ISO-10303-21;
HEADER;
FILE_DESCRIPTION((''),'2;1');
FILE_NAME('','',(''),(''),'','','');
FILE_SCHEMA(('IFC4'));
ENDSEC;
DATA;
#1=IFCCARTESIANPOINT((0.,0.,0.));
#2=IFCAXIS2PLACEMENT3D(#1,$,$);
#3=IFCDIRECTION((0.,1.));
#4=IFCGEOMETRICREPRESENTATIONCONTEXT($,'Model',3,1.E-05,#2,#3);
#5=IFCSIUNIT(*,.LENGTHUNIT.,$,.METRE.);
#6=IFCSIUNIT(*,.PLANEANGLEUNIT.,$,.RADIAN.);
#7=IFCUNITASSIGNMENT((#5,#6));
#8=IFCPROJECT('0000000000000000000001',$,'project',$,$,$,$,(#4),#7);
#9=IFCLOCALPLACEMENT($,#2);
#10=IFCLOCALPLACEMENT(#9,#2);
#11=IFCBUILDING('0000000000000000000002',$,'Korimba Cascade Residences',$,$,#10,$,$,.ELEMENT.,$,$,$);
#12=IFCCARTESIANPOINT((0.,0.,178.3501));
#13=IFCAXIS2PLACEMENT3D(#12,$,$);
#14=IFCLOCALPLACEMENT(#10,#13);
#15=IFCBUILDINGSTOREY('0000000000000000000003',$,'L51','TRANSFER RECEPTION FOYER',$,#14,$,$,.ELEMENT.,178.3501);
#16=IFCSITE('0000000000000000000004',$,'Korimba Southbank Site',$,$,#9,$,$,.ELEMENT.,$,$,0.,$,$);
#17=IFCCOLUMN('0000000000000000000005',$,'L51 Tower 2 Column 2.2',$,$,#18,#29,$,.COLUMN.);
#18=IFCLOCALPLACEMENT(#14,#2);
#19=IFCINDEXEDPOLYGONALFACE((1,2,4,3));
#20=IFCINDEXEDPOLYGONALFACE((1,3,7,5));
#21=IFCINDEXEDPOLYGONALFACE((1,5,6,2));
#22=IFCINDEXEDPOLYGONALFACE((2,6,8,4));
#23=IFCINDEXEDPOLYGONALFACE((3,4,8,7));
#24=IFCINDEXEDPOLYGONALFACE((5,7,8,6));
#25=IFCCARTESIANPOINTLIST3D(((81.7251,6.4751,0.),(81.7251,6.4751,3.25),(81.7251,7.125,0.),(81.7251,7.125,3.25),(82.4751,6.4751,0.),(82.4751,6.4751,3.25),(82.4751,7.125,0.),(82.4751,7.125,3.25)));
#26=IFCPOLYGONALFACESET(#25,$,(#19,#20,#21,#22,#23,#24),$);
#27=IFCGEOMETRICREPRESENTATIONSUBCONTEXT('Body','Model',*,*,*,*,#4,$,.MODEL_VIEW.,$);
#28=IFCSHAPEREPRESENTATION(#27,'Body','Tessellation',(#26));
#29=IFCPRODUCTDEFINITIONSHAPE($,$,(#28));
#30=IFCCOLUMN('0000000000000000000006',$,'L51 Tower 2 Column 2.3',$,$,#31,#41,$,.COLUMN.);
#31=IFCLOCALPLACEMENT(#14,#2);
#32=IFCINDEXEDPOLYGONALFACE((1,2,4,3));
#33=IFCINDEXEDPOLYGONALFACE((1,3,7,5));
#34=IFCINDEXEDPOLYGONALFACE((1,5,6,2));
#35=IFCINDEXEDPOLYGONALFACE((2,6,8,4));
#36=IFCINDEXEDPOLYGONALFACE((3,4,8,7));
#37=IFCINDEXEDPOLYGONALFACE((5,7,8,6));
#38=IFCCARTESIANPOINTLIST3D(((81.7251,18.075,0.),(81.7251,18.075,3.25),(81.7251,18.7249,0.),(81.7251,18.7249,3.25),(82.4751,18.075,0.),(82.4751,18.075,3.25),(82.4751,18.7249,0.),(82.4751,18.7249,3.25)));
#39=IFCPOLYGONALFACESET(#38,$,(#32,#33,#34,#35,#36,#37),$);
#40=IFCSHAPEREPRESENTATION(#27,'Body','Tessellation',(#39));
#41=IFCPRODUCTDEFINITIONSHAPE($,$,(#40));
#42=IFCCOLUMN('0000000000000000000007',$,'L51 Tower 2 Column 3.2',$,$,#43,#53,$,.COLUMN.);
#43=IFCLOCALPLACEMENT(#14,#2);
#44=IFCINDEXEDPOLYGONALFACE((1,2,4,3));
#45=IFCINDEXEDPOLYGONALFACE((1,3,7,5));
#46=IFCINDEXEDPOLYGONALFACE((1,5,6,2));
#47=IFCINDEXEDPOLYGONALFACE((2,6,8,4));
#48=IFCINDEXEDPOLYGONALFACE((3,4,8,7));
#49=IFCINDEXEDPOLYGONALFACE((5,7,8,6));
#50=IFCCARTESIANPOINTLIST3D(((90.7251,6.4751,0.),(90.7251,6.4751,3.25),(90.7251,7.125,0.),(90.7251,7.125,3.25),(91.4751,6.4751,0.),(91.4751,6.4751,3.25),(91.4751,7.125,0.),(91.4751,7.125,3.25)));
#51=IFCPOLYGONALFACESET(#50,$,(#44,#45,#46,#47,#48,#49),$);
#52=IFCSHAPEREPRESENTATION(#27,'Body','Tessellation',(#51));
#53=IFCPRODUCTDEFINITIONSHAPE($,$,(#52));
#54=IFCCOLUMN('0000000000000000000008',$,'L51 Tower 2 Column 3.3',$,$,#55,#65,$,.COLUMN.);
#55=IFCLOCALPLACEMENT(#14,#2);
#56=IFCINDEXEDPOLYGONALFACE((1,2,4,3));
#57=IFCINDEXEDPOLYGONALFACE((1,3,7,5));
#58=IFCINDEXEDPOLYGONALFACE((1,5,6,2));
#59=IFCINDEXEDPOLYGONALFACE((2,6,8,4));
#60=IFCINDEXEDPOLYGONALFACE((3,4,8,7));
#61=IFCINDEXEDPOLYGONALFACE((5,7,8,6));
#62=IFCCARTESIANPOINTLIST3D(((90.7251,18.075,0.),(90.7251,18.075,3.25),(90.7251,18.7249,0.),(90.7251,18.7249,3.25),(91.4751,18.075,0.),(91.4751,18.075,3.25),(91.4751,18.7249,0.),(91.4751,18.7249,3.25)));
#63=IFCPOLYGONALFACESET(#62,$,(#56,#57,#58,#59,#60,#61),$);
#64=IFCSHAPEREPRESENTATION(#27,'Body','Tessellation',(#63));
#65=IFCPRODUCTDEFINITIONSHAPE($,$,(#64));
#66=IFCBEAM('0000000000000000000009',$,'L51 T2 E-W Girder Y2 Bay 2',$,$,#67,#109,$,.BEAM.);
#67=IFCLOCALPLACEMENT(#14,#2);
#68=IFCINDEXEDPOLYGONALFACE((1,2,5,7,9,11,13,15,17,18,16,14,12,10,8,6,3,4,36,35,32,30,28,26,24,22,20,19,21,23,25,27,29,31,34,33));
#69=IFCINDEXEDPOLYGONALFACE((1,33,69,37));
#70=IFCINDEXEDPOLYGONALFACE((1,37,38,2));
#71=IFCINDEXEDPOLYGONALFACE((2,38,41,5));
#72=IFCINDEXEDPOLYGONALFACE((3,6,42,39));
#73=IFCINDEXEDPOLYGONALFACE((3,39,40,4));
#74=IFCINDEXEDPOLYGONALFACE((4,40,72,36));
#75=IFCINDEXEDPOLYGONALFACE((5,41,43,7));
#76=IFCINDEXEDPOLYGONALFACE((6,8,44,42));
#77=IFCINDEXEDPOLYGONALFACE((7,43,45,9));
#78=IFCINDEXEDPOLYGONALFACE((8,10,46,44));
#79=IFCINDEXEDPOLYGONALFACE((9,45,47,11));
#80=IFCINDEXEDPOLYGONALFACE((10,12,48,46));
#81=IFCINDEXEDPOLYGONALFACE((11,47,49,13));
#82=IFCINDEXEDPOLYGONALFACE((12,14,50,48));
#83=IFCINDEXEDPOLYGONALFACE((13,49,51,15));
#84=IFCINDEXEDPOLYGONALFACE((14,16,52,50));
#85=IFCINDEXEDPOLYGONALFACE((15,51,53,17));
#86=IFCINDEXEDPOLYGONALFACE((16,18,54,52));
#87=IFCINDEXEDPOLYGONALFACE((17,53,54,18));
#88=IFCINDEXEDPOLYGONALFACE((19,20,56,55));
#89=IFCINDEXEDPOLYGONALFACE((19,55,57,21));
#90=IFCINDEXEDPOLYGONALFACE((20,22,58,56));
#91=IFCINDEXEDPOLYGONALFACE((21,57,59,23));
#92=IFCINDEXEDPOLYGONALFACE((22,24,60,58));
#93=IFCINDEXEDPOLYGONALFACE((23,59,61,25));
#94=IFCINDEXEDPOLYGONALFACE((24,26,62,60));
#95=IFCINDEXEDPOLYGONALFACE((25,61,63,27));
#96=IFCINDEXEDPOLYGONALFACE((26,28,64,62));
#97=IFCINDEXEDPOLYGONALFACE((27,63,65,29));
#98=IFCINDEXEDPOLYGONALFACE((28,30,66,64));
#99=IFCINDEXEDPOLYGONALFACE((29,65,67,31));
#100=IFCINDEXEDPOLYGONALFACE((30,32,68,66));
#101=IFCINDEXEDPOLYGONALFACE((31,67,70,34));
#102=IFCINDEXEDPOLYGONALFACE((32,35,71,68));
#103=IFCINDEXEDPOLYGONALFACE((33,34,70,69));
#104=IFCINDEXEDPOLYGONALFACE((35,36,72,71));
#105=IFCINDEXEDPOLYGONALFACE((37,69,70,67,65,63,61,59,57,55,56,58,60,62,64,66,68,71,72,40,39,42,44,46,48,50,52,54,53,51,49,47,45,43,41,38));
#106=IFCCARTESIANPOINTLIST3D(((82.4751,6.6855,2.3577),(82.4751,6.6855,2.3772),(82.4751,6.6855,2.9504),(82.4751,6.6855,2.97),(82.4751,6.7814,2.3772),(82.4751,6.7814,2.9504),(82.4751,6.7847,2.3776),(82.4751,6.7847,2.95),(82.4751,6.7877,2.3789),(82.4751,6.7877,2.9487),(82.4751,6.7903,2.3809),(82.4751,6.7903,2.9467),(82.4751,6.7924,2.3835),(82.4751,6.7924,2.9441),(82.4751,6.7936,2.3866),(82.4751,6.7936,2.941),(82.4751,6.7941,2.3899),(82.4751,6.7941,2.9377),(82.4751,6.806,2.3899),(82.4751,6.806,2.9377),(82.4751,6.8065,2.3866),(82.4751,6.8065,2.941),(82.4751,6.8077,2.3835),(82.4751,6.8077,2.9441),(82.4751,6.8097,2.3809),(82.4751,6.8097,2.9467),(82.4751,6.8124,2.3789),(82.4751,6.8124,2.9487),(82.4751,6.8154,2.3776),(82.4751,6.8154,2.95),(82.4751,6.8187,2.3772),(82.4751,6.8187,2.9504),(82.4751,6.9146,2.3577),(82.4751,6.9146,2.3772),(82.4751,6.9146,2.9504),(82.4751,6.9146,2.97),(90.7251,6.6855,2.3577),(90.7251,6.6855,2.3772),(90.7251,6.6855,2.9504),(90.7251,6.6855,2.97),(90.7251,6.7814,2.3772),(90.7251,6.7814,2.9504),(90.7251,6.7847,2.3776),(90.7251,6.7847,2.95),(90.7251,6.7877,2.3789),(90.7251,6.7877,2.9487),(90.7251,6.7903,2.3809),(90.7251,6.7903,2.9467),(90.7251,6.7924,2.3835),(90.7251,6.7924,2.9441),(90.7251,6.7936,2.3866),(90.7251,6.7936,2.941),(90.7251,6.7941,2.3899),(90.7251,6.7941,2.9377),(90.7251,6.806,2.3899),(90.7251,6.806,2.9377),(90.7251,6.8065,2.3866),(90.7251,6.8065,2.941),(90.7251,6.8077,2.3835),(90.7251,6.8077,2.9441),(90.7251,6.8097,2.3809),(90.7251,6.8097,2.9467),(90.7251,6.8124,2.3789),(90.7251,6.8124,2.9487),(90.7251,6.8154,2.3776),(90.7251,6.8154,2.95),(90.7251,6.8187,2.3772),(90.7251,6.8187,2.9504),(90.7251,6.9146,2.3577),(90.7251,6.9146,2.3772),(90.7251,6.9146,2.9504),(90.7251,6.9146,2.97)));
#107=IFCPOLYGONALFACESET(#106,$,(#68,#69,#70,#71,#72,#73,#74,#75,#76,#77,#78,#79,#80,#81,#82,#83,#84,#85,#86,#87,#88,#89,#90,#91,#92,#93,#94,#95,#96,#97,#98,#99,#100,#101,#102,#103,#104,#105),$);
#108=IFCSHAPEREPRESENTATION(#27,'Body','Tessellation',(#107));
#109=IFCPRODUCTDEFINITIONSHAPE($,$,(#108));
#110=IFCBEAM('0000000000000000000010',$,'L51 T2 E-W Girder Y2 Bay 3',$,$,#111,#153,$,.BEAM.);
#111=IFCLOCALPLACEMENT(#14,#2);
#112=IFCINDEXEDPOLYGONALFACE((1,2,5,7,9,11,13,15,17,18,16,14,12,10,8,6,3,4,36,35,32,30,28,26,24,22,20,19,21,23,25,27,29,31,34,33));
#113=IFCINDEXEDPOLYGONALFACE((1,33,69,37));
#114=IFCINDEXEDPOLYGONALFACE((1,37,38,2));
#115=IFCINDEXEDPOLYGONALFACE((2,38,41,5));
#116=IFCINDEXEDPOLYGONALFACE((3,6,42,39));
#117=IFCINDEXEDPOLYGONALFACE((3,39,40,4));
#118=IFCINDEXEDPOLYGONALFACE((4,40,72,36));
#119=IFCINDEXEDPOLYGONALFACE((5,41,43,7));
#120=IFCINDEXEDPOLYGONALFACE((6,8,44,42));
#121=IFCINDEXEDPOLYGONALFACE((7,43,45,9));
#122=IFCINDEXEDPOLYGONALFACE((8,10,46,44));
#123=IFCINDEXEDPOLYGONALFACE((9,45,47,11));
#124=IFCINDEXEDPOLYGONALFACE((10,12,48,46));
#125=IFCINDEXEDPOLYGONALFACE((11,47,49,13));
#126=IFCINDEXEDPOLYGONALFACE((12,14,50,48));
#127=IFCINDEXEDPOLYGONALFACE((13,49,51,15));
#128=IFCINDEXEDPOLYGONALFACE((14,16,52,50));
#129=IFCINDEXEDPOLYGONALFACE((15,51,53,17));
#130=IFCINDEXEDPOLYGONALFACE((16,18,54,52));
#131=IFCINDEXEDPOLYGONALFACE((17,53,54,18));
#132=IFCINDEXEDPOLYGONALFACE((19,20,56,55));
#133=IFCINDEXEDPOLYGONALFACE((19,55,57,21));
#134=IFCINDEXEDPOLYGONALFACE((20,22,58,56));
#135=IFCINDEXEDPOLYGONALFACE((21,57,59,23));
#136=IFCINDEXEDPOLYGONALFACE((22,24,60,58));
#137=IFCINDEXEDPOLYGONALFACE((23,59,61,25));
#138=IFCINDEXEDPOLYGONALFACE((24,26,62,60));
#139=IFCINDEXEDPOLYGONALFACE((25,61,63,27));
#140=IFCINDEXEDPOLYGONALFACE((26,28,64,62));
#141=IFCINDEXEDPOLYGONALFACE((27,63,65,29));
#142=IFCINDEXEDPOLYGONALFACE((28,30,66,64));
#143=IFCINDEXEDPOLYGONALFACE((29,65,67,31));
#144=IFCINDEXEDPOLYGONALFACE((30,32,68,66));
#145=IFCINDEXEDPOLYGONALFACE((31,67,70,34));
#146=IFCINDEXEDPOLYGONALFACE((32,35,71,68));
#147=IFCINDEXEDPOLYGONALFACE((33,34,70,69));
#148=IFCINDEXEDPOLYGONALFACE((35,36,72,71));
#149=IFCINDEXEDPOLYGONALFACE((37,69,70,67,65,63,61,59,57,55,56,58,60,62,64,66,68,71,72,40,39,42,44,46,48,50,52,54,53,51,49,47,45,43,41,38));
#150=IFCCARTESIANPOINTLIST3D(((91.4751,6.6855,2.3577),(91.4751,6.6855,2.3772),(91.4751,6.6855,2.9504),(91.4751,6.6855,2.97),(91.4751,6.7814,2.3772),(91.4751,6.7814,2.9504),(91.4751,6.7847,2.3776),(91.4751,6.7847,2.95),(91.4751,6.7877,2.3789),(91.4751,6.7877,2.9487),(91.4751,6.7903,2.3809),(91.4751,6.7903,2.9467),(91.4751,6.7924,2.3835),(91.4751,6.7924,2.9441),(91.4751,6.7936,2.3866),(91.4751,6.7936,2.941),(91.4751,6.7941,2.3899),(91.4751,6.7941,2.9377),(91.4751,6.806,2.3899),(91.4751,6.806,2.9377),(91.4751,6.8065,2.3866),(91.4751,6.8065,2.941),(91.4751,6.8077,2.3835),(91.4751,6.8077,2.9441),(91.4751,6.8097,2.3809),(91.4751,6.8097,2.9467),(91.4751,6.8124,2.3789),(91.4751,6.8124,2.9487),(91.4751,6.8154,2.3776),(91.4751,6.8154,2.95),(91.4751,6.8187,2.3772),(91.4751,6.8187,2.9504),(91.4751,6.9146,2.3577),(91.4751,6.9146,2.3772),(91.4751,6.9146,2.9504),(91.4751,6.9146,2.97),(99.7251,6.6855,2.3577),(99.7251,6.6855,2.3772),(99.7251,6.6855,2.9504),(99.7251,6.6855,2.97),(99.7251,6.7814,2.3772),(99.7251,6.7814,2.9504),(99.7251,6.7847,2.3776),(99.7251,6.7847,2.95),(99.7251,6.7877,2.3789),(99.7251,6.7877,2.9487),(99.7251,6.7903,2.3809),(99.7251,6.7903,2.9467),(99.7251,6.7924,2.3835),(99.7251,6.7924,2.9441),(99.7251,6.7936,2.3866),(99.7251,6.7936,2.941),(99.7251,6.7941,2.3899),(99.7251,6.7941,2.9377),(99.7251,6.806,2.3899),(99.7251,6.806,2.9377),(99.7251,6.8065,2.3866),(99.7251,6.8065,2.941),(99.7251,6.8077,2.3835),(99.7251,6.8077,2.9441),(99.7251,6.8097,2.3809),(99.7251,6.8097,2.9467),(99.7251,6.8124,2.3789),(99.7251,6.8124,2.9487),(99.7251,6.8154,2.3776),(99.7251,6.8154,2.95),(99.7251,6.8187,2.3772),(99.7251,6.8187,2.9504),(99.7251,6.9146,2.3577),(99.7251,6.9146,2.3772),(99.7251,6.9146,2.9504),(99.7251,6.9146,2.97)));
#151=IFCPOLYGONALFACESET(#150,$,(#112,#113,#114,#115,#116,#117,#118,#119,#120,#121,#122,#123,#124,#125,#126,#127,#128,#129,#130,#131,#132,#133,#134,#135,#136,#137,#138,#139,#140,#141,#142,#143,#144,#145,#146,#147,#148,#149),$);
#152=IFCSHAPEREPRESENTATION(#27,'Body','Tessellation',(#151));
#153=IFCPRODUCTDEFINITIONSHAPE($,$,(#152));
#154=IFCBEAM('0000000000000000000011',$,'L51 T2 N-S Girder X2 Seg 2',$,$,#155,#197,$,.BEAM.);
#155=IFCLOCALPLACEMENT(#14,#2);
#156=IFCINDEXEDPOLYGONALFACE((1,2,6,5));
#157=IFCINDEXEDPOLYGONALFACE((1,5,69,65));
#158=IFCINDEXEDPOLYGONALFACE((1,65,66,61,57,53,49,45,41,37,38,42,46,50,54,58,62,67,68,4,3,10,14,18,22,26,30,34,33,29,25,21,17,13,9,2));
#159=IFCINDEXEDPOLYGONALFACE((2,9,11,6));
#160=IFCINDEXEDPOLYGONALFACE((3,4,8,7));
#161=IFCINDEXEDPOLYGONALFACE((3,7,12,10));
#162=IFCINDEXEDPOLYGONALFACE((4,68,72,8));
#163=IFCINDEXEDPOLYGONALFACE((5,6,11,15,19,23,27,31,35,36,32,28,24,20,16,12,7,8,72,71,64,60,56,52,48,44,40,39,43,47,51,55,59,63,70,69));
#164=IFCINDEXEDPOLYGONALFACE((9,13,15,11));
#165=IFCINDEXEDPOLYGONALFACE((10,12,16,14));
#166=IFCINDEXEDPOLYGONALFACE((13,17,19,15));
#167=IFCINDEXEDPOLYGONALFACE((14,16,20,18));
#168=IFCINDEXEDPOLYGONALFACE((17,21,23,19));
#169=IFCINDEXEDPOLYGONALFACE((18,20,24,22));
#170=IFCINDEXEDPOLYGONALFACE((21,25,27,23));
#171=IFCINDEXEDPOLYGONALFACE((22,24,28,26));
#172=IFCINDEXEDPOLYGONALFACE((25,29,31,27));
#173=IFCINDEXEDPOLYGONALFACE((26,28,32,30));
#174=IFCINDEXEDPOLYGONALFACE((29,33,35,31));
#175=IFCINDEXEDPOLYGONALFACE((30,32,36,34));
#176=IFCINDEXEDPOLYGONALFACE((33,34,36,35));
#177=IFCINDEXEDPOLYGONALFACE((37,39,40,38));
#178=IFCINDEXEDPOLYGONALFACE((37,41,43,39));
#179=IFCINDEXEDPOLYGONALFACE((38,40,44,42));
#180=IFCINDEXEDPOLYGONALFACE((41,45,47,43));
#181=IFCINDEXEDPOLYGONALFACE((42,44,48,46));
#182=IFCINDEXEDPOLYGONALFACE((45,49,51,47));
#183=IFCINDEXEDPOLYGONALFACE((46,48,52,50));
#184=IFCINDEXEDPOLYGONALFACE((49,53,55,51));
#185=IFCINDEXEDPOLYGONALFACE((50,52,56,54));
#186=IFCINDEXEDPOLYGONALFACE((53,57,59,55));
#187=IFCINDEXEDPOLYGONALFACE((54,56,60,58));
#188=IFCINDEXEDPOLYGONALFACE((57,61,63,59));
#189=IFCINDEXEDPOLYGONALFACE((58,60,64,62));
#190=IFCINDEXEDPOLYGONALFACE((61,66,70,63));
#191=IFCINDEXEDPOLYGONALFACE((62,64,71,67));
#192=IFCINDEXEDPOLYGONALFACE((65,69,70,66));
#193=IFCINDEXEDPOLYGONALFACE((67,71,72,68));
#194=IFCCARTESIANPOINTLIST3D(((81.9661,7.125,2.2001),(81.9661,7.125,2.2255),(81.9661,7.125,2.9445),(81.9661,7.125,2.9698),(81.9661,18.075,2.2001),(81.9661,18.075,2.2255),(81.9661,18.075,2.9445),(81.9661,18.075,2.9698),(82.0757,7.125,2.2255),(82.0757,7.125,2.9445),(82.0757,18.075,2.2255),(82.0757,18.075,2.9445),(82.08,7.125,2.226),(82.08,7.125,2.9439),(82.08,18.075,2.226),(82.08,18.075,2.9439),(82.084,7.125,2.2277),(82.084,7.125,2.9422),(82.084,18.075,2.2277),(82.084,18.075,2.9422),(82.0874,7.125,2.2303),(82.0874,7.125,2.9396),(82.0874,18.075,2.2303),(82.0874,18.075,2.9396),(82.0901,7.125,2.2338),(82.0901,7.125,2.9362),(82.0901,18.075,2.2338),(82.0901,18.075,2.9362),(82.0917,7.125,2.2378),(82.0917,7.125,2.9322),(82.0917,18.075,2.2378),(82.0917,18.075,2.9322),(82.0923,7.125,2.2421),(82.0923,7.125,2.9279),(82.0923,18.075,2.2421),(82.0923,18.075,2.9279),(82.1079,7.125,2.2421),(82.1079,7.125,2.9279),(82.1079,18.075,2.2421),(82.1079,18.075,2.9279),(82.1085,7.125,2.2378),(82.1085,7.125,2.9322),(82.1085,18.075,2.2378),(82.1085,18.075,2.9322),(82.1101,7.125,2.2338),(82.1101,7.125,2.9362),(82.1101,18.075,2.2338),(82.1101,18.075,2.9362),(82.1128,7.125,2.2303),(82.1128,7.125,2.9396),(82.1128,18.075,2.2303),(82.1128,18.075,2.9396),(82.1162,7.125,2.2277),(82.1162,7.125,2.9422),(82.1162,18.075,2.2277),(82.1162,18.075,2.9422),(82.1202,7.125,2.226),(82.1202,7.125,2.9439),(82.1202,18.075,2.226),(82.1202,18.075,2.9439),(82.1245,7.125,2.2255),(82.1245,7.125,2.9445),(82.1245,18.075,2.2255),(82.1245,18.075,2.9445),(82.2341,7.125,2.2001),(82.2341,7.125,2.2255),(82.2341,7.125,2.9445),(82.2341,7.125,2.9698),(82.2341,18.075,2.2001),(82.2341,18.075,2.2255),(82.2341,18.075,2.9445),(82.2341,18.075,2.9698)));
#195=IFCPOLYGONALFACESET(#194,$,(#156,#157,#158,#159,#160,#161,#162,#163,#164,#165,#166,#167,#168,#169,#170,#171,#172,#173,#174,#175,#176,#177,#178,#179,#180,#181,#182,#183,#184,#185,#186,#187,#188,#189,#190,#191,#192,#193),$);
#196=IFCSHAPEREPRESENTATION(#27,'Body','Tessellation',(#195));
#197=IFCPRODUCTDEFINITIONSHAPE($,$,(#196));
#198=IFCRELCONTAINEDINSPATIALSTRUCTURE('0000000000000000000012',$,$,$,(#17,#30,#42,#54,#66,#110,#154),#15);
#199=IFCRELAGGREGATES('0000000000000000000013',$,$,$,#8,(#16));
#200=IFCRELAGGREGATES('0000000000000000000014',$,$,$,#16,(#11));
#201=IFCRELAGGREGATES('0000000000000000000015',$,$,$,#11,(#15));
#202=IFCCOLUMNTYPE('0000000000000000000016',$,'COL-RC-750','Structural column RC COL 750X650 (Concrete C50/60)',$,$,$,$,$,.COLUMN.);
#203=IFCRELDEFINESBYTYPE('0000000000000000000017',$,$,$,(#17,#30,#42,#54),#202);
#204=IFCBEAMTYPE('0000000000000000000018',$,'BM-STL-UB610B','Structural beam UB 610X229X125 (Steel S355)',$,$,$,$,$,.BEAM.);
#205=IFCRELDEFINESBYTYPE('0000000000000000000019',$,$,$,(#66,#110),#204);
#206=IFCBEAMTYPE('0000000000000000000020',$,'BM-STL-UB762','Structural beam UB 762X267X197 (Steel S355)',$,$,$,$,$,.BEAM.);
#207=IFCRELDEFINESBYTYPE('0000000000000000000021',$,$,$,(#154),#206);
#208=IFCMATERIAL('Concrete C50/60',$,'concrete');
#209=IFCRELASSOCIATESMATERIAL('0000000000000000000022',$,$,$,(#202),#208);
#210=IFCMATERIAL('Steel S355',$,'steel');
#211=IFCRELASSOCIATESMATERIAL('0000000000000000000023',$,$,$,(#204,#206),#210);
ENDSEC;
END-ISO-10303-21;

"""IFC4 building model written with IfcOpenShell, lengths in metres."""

from ifc_helpers import new_model, si_unit, direction, frame, origin, origin_2d, place, context, subcontext, project, spatial, rectangle, i_section, extrude, material, material_profile, profile_set, type_object, element, save


model = new_model("IFC4")

# Units and contexts
model_context = context("Model", 3, precision=1e-05, world=origin(), true_north=direction((0.0, 1.0)))
body_context = subcontext(model_context, "Body", "Model", "MODEL_VIEW")
ifc_project = project(units=[si_unit("LENGTHUNIT", "METRE"), si_unit("PLANEANGLEUNIT", "RADIAN")], contexts=[model_context])

# Site, building, storey
site_placement = place(None, origin())
site = spatial("IfcSite", under=ifc_project, at=site_placement, Name="Korimba Southbank Site", CompositionType="ELEMENT", RefElevation=0.0)
building_placement = place(site_placement, origin())
building = spatial("IfcBuilding", under=site, at=building_placement, Name="Korimba Cascade Residences", CompositionType="ELEMENT")
storey_placement = place(building_placement, frame((0.0, 0.0, 178.3501)))
storey = spatial("IfcBuildingStorey", under=building, at=storey_placement, Name="L51", Description="TRANSFER RECEPTION FOYER", CompositionType="ELEMENT", Elevation=178.3501)

# Columns
ifc_material_1 = material(Name="Concrete C50/60", Category="concrete")
ifc_material_profile_1 = material_profile(ifc_material_1, rectangle(XDim=0.75, YDim=0.6499, at=origin_2d()), Name="Concrete C50/60")
ifc_profile_set_1 = profile_set([ifc_material_profile_1], Name="Concrete C50/60")
column_type = type_object("IfcColumnType", Name="COL-RC-750", Description="Structural column RC COL 750X650 (Concrete C50/60)", PredefinedType="COLUMN", material=ifc_profile_set_1)
for number, where, z_axis, x_axis, name in (
    (1, (82.1001, 6.8, 0.0), (0.0, 0.0, 1.0), (1.0, 0.0, 0.0), "L51 Tower 2 Column 2.2"),
    (2, (82.1001, 18.3999, 0.0), (0.0, 0.0, 1.0), (1.0, 0.0, 0.0), "L51 Tower 2 Column 2.3"),
    (3, (91.1001, 6.8, 0.0), (0.0, 0.0, 1.0), (1.0, 0.0, 0.0), "L51 Tower 2 Column 3.2"),
    (4, (91.1001, 18.3999, 0.0), (0.0, 0.0, 1.0), (1.0, 0.0, 0.0), "L51 Tower 2 Column 3.3"),
):
    element("IfcColumn", number, at=place(storey_placement, frame(where, z_axis=z_axis, x_axis=x_axis)), inside=storey, type_object=column_type, Name=name, PredefinedType="COLUMN", context=body_context, shape_type="SweptSolid", body=[
        extrude(rectangle(XDim=0.75, YDim=0.6499, at=origin_2d()), origin(), (0.0, 0.0, 1.0), 3.25),
    ])

# Beams
ifc_material_2 = material(Name="Steel S355", Category="steel")
ifc_material_profile_2 = material_profile(ifc_material_2, i_section(OverallWidth=0.229, OverallDepth=0.6123, WebThickness=0.012, FlangeThickness=0.0195, FilletRadius=0.0127, at=origin_2d()), Name="Steel S355")
ifc_profile_set_2 = profile_set([ifc_material_profile_2], Name="Steel S355")
beam_type_1 = type_object("IfcBeamType", Name="BM-STL-UB610B", Description="Structural beam UB 610X229X125 (Steel S355)", PredefinedType="BEAM", material=ifc_profile_set_2)
for number, where, z_axis, x_axis, name in (
    (5, (82.4751, 6.8, 2.6638), (1.0, 0.0, 0.0), (0.0, 1.0, 0.0), "L51 T2 E-W Girder Y2 Bay 2"),
    (6, (91.4751, 6.8, 2.6638), (1.0, 0.0, 0.0), (0.0, 1.0, 0.0), "L51 T2 E-W Girder Y2 Bay 3"),
):
    element("IfcBeam", number, at=place(storey_placement, frame(where, z_axis=z_axis, x_axis=x_axis)), inside=storey, type_object=beam_type_1, Name=name, PredefinedType="BEAM", context=body_context, shape_type="SweptSolid", body=[
        extrude(i_section(OverallWidth=0.229, OverallDepth=0.6123, WebThickness=0.012, FlangeThickness=0.0195, FilletRadius=0.0127, at=origin_2d()), origin(), (0.0, 0.0, 1.0), 8.25),
    ])
ifc_material_profile_3 = material_profile(ifc_material_2, i_section(OverallWidth=0.2681, OverallDepth=0.7698, WebThickness=0.0156, FlangeThickness=0.0254, FilletRadius=0.0166, at=origin_2d()), Name="Steel S355")
ifc_profile_set_3 = profile_set([ifc_material_profile_3], Name="Steel S355")
beam_type_2 = type_object("IfcBeamType", Name="BM-STL-UB762", Description="Structural beam UB 762X267X197 (Steel S355)", PredefinedType="BEAM", material=ifc_profile_set_3)
for number, where, z_axis, x_axis, name in (
    (7, (82.1001, 7.125, 2.585), (0.0, 1.0, 0.0), (-1.0, 0.0, 0.0), "L51 T2 N-S Girder X2 Seg 2"),
):
    element("IfcBeam", number, at=place(storey_placement, frame(where, z_axis=z_axis, x_axis=x_axis)), inside=storey, type_object=beam_type_2, Name=name, PredefinedType="BEAM", context=body_context, shape_type="SweptSolid", body=[
        extrude(i_section(OverallWidth=0.2681, OverallDepth=0.7698, WebThickness=0.0156, FlangeThickness=0.0254, FilletRadius=0.0166, at=origin_2d()), origin(), (0.0, 0.0, 1.0), 10.95),
    ])

save(model, "model.ifc")
